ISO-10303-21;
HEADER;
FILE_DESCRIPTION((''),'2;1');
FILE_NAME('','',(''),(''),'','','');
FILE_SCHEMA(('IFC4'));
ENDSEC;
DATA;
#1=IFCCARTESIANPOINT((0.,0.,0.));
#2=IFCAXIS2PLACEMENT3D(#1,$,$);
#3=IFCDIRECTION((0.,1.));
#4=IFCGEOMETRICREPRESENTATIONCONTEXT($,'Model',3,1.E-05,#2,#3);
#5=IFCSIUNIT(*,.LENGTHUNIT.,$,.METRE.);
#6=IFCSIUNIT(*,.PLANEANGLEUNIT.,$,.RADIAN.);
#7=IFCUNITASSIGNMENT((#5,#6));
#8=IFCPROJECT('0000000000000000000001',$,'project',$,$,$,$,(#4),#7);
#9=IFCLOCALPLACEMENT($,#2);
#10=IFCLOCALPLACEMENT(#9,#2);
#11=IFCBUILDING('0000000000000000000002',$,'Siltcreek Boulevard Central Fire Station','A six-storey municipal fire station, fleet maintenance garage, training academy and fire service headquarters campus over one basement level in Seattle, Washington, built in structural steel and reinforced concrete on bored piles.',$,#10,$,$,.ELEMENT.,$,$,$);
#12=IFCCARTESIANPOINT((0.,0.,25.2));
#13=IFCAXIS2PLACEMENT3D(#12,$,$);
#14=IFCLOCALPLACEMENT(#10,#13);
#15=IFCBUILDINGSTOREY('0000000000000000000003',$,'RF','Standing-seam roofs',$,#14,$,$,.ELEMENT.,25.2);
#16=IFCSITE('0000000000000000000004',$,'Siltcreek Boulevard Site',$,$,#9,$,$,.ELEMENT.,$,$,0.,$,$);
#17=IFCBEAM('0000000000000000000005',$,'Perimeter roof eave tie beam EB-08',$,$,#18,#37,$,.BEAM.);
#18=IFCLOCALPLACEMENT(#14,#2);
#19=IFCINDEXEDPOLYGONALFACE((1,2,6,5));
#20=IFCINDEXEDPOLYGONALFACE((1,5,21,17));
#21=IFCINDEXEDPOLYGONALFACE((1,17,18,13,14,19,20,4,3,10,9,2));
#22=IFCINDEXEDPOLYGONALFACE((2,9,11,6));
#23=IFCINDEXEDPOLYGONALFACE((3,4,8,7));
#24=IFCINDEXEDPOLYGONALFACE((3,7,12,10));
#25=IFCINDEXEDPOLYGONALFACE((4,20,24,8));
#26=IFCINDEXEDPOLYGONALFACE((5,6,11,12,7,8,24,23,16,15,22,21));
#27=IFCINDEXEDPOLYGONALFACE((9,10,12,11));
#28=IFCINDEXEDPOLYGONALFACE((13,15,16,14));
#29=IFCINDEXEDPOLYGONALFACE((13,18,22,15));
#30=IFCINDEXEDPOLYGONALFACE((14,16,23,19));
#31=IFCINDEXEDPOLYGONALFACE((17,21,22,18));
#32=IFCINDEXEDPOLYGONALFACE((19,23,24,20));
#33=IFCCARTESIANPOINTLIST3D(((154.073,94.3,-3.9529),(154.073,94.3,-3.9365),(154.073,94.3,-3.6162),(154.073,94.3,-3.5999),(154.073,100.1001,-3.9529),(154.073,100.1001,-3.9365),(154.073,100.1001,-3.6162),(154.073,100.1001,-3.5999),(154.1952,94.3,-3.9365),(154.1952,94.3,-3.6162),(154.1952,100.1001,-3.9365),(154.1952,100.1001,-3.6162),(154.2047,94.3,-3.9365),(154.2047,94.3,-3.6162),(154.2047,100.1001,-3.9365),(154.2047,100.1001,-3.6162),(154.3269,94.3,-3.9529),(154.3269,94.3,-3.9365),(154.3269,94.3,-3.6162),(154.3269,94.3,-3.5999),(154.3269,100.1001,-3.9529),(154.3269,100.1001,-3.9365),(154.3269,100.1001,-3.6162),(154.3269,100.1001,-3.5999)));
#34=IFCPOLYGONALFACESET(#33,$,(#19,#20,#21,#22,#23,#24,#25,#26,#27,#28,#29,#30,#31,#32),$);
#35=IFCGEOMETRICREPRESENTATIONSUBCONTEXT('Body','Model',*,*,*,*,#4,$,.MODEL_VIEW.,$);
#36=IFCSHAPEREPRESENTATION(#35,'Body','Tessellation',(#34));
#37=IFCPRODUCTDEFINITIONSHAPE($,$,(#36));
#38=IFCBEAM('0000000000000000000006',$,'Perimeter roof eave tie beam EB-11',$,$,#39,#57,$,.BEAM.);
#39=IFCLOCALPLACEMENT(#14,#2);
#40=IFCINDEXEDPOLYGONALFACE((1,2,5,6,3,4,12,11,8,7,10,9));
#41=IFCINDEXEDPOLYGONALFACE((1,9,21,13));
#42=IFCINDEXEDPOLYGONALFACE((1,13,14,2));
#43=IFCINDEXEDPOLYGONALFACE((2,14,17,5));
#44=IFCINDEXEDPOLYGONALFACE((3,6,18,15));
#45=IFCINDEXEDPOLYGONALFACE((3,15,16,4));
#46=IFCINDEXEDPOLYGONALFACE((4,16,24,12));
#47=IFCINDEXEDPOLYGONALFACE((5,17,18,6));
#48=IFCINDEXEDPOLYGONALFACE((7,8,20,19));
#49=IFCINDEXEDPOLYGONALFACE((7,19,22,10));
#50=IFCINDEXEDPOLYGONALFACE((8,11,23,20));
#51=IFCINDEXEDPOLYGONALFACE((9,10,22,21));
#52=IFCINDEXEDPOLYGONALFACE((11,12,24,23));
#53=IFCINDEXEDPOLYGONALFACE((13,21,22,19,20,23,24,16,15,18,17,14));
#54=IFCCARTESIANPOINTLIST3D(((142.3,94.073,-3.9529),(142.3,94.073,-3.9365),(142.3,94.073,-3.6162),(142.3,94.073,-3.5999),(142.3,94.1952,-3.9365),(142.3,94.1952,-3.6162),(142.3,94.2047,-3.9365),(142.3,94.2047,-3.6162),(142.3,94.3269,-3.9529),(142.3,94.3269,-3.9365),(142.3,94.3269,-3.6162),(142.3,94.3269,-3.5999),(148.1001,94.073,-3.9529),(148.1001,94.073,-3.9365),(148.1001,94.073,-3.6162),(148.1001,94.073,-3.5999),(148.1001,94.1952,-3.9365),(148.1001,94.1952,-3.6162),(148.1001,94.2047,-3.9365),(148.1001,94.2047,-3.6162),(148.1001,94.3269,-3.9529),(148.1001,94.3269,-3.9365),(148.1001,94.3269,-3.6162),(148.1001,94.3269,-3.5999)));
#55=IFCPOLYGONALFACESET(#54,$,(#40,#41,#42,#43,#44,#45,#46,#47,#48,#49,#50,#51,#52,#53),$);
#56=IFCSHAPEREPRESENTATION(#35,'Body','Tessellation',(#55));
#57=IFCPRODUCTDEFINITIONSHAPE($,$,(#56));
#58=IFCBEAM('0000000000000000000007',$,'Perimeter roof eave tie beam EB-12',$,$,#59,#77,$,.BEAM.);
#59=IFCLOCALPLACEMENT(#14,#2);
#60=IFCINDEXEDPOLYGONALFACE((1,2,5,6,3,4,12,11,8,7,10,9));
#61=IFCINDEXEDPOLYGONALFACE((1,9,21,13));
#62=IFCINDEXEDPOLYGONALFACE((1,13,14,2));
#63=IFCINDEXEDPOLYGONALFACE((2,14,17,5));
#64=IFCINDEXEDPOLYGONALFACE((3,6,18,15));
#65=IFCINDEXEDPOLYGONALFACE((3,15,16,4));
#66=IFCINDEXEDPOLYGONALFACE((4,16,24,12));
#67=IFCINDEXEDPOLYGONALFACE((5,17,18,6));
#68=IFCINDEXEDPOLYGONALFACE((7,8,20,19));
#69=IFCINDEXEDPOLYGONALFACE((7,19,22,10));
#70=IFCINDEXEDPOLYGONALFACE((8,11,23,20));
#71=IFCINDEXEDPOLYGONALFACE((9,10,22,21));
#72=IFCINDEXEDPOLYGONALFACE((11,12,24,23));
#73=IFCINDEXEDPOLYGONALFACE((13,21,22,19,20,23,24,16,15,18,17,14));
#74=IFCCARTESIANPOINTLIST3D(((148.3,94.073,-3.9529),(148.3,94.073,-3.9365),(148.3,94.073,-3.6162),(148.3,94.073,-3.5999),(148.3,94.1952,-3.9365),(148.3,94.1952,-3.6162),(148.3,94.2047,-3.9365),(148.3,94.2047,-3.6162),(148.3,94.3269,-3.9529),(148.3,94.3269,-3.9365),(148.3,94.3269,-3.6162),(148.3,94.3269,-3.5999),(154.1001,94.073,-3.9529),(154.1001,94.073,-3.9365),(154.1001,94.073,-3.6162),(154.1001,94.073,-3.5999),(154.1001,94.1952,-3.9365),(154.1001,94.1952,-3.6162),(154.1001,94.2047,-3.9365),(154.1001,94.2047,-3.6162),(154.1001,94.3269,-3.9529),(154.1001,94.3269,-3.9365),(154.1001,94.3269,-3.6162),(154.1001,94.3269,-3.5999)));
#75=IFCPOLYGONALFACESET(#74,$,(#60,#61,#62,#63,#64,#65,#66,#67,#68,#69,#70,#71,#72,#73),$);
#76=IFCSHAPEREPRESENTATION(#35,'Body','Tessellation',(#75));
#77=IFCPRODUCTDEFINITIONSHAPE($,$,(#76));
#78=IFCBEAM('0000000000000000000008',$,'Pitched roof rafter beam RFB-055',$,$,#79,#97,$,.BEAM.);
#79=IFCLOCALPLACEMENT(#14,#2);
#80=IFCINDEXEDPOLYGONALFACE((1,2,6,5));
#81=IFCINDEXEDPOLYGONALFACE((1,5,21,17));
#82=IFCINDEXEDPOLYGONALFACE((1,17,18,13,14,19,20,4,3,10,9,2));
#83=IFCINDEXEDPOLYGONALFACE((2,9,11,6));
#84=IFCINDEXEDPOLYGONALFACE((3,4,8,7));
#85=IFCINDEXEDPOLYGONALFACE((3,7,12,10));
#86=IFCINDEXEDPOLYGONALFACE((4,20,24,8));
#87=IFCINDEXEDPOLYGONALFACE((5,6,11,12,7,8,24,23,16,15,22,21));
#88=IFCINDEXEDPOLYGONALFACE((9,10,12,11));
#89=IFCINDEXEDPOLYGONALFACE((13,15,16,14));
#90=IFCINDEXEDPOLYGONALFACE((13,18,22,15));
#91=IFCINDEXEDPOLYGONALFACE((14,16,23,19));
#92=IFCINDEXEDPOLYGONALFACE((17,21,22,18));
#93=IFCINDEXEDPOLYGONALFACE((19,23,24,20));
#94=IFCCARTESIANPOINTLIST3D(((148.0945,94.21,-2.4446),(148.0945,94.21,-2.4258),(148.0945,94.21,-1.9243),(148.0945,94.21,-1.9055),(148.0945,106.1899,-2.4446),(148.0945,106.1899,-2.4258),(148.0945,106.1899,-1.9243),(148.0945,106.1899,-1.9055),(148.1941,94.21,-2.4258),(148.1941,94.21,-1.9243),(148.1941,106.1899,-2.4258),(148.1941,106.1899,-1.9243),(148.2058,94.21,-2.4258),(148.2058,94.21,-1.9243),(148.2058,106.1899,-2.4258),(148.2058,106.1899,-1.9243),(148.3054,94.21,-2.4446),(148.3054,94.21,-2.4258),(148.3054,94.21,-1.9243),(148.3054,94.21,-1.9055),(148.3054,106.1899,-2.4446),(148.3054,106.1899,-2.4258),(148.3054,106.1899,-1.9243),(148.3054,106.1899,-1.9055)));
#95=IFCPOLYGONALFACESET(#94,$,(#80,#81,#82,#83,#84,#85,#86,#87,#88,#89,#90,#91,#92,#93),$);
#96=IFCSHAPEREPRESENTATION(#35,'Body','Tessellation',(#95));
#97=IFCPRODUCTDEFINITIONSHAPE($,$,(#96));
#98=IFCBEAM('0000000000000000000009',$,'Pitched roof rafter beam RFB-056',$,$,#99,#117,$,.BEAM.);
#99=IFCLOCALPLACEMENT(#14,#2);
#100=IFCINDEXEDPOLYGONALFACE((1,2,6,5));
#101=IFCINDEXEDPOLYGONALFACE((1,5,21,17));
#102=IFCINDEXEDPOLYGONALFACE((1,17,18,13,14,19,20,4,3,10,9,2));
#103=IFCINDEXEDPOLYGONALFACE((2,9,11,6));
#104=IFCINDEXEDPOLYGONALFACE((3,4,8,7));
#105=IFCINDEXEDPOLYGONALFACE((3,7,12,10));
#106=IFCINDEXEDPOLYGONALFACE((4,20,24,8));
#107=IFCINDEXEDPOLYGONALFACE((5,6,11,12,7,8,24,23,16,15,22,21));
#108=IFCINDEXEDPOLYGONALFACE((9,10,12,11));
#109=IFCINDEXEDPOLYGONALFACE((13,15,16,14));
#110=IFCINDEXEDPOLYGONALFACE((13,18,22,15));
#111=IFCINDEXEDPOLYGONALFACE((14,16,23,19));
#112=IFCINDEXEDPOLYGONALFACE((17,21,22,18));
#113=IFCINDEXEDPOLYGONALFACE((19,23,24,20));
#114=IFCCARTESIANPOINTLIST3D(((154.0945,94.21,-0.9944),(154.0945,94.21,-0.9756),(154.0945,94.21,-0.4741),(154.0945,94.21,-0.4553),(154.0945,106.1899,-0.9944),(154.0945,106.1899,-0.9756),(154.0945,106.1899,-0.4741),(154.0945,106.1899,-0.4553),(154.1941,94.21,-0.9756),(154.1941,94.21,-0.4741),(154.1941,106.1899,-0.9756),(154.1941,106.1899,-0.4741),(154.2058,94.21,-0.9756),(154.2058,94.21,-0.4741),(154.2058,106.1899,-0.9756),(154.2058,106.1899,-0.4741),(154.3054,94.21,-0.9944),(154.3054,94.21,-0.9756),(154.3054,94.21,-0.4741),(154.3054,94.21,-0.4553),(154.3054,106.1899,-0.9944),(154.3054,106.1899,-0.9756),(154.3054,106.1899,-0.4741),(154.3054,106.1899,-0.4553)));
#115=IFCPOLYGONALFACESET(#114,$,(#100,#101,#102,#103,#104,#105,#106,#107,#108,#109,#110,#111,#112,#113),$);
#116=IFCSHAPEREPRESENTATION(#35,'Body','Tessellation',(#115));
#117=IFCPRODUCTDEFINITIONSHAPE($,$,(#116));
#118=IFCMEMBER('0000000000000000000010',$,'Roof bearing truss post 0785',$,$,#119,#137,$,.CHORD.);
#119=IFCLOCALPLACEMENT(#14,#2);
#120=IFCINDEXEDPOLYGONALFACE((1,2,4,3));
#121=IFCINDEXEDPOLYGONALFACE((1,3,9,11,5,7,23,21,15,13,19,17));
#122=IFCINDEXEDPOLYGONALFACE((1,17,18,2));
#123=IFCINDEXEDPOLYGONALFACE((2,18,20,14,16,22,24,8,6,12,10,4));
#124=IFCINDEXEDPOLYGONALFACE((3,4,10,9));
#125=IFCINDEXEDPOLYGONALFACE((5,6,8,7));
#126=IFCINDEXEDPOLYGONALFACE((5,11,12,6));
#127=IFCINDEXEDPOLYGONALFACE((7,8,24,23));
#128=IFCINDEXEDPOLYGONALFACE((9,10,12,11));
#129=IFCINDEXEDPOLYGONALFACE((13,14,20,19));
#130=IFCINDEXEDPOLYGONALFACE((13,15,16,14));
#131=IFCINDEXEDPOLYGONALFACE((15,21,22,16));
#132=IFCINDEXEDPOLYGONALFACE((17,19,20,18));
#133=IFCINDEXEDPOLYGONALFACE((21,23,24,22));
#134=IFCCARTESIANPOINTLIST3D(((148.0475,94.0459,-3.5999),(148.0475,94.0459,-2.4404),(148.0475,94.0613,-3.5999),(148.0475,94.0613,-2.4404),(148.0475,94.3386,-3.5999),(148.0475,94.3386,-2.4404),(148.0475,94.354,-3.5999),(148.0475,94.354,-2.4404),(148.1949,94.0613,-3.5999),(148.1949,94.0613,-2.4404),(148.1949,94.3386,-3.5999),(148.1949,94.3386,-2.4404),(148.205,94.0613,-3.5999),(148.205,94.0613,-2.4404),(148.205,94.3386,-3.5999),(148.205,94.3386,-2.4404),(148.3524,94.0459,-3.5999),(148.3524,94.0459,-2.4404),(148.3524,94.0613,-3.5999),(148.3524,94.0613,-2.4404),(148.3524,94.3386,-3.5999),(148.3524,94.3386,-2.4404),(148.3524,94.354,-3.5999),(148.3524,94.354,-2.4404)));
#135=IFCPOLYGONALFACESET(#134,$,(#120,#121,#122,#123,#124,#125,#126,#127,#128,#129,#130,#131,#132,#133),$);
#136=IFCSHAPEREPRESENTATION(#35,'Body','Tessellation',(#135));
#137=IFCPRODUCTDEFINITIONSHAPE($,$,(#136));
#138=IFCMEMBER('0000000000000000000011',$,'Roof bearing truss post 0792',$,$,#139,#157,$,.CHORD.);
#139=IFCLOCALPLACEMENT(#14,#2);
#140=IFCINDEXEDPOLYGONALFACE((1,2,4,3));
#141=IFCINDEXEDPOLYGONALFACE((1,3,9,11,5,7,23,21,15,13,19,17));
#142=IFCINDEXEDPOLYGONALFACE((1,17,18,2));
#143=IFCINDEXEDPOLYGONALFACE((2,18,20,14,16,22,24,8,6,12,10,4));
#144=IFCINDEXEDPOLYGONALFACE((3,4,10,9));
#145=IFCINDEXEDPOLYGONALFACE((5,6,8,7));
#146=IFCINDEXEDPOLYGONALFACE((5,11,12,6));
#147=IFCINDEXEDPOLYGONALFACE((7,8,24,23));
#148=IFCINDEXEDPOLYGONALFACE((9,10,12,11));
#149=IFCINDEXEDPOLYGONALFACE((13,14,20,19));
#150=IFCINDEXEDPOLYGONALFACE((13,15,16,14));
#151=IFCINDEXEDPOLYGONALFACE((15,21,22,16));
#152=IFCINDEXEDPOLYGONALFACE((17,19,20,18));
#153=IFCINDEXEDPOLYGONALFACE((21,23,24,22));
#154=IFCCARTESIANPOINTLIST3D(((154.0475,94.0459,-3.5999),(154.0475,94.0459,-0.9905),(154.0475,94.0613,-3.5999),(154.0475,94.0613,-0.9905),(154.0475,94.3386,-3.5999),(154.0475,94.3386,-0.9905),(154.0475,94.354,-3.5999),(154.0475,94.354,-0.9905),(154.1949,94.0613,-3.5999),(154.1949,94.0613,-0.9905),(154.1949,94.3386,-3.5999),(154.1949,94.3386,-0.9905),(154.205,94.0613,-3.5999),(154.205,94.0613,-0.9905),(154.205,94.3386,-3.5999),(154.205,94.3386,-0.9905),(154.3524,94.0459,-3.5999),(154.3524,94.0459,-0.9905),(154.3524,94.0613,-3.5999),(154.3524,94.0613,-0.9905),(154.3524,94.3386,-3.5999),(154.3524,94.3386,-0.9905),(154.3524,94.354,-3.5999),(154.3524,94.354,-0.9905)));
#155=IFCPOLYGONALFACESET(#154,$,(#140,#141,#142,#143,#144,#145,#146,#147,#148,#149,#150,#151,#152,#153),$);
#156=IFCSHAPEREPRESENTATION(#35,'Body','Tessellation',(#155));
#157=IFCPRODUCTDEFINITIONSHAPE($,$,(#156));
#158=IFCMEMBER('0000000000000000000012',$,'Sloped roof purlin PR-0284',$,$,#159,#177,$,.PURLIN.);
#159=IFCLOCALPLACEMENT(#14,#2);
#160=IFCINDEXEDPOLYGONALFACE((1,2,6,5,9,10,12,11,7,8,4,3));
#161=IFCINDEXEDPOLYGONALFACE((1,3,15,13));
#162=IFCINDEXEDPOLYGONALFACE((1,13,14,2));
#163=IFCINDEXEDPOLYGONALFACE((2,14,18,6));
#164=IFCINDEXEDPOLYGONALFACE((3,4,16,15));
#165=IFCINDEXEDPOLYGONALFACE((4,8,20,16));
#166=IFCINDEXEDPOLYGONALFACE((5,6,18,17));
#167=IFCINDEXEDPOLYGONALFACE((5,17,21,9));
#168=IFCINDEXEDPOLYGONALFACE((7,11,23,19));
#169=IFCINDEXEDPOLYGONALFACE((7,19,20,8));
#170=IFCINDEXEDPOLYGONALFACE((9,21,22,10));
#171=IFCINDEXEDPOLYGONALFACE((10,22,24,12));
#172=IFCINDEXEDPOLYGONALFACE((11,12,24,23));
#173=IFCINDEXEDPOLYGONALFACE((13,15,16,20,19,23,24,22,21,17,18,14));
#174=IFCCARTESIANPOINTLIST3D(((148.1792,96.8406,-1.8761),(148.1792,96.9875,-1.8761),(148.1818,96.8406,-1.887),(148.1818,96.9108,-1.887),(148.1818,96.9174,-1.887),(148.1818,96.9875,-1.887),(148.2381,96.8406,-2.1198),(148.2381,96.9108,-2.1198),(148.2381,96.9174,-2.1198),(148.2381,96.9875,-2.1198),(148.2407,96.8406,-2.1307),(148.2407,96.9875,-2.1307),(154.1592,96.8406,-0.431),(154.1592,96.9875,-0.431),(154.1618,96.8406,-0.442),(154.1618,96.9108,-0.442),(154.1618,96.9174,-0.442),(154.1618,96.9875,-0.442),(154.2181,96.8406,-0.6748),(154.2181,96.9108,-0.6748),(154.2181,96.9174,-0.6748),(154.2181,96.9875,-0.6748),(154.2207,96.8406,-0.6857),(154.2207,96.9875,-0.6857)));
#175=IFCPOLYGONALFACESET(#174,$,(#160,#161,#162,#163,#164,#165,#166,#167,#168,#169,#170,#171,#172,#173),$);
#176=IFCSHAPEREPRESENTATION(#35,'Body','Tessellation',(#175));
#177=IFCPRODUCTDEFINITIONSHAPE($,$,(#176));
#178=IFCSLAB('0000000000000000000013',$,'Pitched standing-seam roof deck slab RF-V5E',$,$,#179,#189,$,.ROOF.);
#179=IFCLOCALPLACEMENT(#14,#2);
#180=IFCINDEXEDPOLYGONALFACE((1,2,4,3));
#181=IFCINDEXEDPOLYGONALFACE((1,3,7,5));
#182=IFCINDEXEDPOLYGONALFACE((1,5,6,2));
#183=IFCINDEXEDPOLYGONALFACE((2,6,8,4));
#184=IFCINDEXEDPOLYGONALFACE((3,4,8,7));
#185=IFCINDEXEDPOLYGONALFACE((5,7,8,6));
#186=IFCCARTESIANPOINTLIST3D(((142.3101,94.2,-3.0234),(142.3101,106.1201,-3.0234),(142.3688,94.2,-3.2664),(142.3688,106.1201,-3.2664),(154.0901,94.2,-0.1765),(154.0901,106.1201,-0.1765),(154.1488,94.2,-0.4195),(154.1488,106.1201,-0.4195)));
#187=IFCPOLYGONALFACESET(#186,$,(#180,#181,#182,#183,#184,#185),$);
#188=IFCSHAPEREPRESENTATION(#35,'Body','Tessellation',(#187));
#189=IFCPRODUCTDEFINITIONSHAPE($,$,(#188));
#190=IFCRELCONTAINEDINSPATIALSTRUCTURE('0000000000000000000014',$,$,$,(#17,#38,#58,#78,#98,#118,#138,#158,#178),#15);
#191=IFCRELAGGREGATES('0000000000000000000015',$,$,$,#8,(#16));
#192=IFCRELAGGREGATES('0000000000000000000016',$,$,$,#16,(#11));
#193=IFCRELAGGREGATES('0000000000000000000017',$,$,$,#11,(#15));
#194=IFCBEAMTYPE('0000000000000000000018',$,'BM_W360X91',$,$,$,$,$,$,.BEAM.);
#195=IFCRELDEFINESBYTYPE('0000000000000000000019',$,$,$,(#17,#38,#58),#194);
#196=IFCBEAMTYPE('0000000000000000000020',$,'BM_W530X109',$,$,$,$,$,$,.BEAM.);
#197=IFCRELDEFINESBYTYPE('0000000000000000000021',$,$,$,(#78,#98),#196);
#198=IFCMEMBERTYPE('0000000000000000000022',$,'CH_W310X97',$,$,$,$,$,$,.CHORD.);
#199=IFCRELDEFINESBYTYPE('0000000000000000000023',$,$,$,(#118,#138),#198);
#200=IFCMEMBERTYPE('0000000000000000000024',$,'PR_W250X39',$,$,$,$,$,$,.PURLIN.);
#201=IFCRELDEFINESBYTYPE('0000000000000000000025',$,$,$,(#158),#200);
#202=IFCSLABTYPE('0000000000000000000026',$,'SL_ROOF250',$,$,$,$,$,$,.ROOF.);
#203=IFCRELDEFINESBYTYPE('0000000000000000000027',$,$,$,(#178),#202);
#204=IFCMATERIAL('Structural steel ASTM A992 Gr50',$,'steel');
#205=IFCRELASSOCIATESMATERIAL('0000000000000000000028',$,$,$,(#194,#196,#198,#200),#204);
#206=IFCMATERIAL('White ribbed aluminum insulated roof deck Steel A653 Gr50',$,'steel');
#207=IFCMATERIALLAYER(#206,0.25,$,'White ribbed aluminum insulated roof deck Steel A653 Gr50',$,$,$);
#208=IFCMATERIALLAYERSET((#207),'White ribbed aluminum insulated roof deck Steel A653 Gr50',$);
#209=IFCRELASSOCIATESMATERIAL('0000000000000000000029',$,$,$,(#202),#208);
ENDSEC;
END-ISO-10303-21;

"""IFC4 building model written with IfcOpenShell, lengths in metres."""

from ifc_helpers import new_model, si_unit, direction, frame, origin, origin_2d, place, context, subcontext, project, spatial, polyline, i_section, outline, extrude, material, layer, layer_set, material_profile, profile_set, type_object, element, save


model = new_model("IFC4")

# Units and contexts
model_context = context("Model", 3, precision=1e-05, world=origin(), true_north=direction((0.0, 1.0)))
body_context = subcontext(model_context, "Body", "Model", "MODEL_VIEW")
ifc_project = project(units=[si_unit("LENGTHUNIT", "METRE"), si_unit("PLANEANGLEUNIT", "RADIAN")], contexts=[model_context])

# Site, building, storey
site_placement = place(None, origin())
site = spatial("IfcSite", under=ifc_project, at=site_placement, Name="Siltcreek Boulevard Site", CompositionType="ELEMENT", RefElevation=0.0)
building_placement = place(site_placement, origin())
building = spatial("IfcBuilding", under=site, at=building_placement, Name="Siltcreek Boulevard Central Fire Station", Description="A six-storey municipal fire station, fleet maintenance garage, training academy and fire service headquarters campus over one basement level in Seattle, Washington, built in structural steel and reinforced concrete on bored piles.", CompositionType="ELEMENT")
storey_placement = place(building_placement, frame((0.0, 0.0, 25.2)))
storey = spatial("IfcBuildingStorey", under=building, at=storey_placement, Name="RF", Description="Standing-seam roofs", CompositionType="ELEMENT", Elevation=25.2)

# Beams
ifc_material_1 = material(Name="Structural steel ASTM A992 Gr50", Category="steel")
ifc_material_profile_1 = material_profile(ifc_material_1, i_section(OverallWidth=0.2539, OverallDepth=0.353, WebThickness=0.0095, FlangeThickness=0.0164, at=origin_2d()), Name="W360X91")
ifc_profile_set_1 = profile_set([ifc_material_profile_1], Name="Structural steel ASTM A992 Gr50")
beam_type_1 = type_object("IfcBeamType", Name="BM_W360X91", PredefinedType="BEAM", material=ifc_profile_set_1)
for number, where, z_axis, x_axis, name in (
    (1, (154.2, 94.3, -3.7764), (0.0, 1.0, 0.0), (-1.0, 0.0, 0.0), "Perimeter roof eave tie beam EB-08"),
    (2, (142.3, 94.2, -3.7764), (1.0, 0.0, 0.0), (0.0, 1.0, 0.0), "Perimeter roof eave tie beam EB-11"),
    (3, (148.3, 94.2, -3.7764), (1.0, 0.0, 0.0), (0.0, 1.0, 0.0), "Perimeter roof eave tie beam EB-12"),
):
    element("IfcBeam", number, at=place(storey_placement, frame(where, z_axis=z_axis, x_axis=x_axis)), inside=storey, type_object=beam_type_1, Name=name, PredefinedType="BEAM", context=body_context, shape_type="SweptSolid", body=[
        extrude(i_section(OverallWidth=0.2539, OverallDepth=0.353, WebThickness=0.0095, FlangeThickness=0.0164, at=origin_2d()), origin(), (0.0, 0.0, 1.0), 5.8),
    ])
ifc_material_profile_2 = material_profile(ifc_material_1, i_section(OverallWidth=0.2109, OverallDepth=0.5391, WebThickness=0.0117, FlangeThickness=0.0188, at=origin_2d()), Name="W530X109")
ifc_profile_set_2 = profile_set([ifc_material_profile_2], Name="Structural steel ASTM A992 Gr50")
beam_type_2 = type_object("IfcBeamType", Name="BM_W530X109", PredefinedType="BEAM", material=ifc_profile_set_2)
for number, where, z_axis, x_axis, name in (
    (4, (148.2, 94.21, -2.175), (0.0, 1.0, 0.0), (-1.0, 0.0, 0.0), "Pitched roof rafter beam RFB-055"),
    (5, (154.2, 94.21, -0.7249), (0.0, 1.0, 0.0), (-1.0, 0.0, 0.0), "Pitched roof rafter beam RFB-056"),
):
    element("IfcBeam", number, at=place(storey_placement, frame(where, z_axis=z_axis, x_axis=x_axis)), inside=storey, type_object=beam_type_2, Name=name, PredefinedType="BEAM", context=body_context, shape_type="SweptSolid", body=[
        extrude(i_section(OverallWidth=0.2109, OverallDepth=0.5391, WebThickness=0.0117, FlangeThickness=0.0188, at=origin_2d()), origin(), (0.0, 0.0, 1.0), 11.98),
    ])

# Members
ifc_material_profile_3 = material_profile(ifc_material_1, i_section(OverallWidth=0.3049, OverallDepth=0.3081, WebThickness=0.01, FlangeThickness=0.0154, at=origin_2d()), Name="W310X97")
ifc_profile_set_3 = profile_set([ifc_material_profile_3], Name="Structural steel ASTM A992 Gr50")
member_type_1 = type_object("IfcMemberType", Name="CH_W310X97", PredefinedType="CHORD", material=ifc_profile_set_3)
member_1_placement = place(storey_placement, frame((148.2, 94.2, -3.5999), z_axis=(0.0, 0.0, 1.0), x_axis=(1.0, 0.0, 0.0)))
element("IfcMember", 6, at=member_1_placement, inside=storey, type_object=member_type_1, Name="Roof bearing truss post 0785", PredefinedType="CHORD", context=body_context, shape_type="SweptSolid", body=[
    extrude(i_section(OverallWidth=0.3049, OverallDepth=0.3081, WebThickness=0.01, FlangeThickness=0.0154, at=origin_2d()), origin(), (0.0, 0.0, 1.0), 1.1594),
])
member_2_placement = place(storey_placement, frame((154.2, 94.2, -3.5999), z_axis=(0.0, 0.0, 1.0), x_axis=(1.0, 0.0, 0.0)))
element("IfcMember", 7, at=member_2_placement, inside=storey, type_object=member_type_1, Name="Roof bearing truss post 0792", PredefinedType="CHORD", context=body_context, shape_type="SweptSolid", body=[
    extrude(i_section(OverallWidth=0.3049, OverallDepth=0.3081, WebThickness=0.01, FlangeThickness=0.0154, at=origin_2d()), origin(), (0.0, 0.0, 1.0), 2.6094),
])
ifc_material_profile_4 = material_profile(ifc_material_1, i_section(OverallWidth=0.147, OverallDepth=0.262, WebThickness=0.0066, FlangeThickness=0.0112, at=origin_2d()), Name="W250X39")
ifc_profile_set_4 = profile_set([ifc_material_profile_4], Name="Structural steel ASTM A992 Gr50")
member_type_2 = type_object("IfcMemberType", Name="PR_W250X39", PredefinedType="PURLIN", material=ifc_profile_set_4)
member_3_placement = place(storey_placement, frame((148.21, 96.9141, -2.0034), z_axis=(0.972022, 0.0, 0.23489), x_axis=(0.0, 1.0, 0.0)))
element("IfcMember", 8, at=member_3_placement, inside=storey, type_object=member_type_2, Name="Sloped roof purlin PR-0284", PredefinedType="PURLIN", context=body_context, shape_type="SweptSolid", body=[
    extrude(i_section(OverallWidth=0.147, OverallDepth=0.262, WebThickness=0.0066, FlangeThickness=0.0112, at=origin_2d()), origin(), (0.0, 0.0, 1.0), 6.1521),
])

# Slab
ifc_material_2 = material(Name="White ribbed aluminum insulated roof deck Steel A653 Gr50", Category="steel")
ifc_layer_1 = layer(ifc_material_2, 0.25, Name="White ribbed aluminum insulated roof deck Steel A653 Gr50")
ifc_layer_set_1 = layer_set([ifc_layer_1], Name="White ribbed aluminum insulated roof deck Steel A653 Gr50")
slab_type = type_object("IfcSlabType", Name="SL_ROOF250", PredefinedType="ROOF", material=ifc_layer_set_1)
slab_placement = place(storey_placement, frame((142.3101, 94.2, -3.0234), z_axis=(-0.234911, 0.0, 0.972017), x_axis=(0.972017, 0.0, 0.234911)))
element("IfcSlab", 9, at=slab_placement, inside=storey, type_object=slab_type, Name="Pitched standing-seam roof deck slab RF-V5E", PredefinedType="ROOF", context=body_context, shape_type="SweptSolid", body=[
    extrude(outline(polyline([(0.0, 0.0), (12.1192, 0.0), (12.1192, 11.9202), (0.0, 11.9202), (0.0, 0.0)])), origin(), (0.0, 0.0, -1.0), 0.25),
])

save(model, "model.ifc")
